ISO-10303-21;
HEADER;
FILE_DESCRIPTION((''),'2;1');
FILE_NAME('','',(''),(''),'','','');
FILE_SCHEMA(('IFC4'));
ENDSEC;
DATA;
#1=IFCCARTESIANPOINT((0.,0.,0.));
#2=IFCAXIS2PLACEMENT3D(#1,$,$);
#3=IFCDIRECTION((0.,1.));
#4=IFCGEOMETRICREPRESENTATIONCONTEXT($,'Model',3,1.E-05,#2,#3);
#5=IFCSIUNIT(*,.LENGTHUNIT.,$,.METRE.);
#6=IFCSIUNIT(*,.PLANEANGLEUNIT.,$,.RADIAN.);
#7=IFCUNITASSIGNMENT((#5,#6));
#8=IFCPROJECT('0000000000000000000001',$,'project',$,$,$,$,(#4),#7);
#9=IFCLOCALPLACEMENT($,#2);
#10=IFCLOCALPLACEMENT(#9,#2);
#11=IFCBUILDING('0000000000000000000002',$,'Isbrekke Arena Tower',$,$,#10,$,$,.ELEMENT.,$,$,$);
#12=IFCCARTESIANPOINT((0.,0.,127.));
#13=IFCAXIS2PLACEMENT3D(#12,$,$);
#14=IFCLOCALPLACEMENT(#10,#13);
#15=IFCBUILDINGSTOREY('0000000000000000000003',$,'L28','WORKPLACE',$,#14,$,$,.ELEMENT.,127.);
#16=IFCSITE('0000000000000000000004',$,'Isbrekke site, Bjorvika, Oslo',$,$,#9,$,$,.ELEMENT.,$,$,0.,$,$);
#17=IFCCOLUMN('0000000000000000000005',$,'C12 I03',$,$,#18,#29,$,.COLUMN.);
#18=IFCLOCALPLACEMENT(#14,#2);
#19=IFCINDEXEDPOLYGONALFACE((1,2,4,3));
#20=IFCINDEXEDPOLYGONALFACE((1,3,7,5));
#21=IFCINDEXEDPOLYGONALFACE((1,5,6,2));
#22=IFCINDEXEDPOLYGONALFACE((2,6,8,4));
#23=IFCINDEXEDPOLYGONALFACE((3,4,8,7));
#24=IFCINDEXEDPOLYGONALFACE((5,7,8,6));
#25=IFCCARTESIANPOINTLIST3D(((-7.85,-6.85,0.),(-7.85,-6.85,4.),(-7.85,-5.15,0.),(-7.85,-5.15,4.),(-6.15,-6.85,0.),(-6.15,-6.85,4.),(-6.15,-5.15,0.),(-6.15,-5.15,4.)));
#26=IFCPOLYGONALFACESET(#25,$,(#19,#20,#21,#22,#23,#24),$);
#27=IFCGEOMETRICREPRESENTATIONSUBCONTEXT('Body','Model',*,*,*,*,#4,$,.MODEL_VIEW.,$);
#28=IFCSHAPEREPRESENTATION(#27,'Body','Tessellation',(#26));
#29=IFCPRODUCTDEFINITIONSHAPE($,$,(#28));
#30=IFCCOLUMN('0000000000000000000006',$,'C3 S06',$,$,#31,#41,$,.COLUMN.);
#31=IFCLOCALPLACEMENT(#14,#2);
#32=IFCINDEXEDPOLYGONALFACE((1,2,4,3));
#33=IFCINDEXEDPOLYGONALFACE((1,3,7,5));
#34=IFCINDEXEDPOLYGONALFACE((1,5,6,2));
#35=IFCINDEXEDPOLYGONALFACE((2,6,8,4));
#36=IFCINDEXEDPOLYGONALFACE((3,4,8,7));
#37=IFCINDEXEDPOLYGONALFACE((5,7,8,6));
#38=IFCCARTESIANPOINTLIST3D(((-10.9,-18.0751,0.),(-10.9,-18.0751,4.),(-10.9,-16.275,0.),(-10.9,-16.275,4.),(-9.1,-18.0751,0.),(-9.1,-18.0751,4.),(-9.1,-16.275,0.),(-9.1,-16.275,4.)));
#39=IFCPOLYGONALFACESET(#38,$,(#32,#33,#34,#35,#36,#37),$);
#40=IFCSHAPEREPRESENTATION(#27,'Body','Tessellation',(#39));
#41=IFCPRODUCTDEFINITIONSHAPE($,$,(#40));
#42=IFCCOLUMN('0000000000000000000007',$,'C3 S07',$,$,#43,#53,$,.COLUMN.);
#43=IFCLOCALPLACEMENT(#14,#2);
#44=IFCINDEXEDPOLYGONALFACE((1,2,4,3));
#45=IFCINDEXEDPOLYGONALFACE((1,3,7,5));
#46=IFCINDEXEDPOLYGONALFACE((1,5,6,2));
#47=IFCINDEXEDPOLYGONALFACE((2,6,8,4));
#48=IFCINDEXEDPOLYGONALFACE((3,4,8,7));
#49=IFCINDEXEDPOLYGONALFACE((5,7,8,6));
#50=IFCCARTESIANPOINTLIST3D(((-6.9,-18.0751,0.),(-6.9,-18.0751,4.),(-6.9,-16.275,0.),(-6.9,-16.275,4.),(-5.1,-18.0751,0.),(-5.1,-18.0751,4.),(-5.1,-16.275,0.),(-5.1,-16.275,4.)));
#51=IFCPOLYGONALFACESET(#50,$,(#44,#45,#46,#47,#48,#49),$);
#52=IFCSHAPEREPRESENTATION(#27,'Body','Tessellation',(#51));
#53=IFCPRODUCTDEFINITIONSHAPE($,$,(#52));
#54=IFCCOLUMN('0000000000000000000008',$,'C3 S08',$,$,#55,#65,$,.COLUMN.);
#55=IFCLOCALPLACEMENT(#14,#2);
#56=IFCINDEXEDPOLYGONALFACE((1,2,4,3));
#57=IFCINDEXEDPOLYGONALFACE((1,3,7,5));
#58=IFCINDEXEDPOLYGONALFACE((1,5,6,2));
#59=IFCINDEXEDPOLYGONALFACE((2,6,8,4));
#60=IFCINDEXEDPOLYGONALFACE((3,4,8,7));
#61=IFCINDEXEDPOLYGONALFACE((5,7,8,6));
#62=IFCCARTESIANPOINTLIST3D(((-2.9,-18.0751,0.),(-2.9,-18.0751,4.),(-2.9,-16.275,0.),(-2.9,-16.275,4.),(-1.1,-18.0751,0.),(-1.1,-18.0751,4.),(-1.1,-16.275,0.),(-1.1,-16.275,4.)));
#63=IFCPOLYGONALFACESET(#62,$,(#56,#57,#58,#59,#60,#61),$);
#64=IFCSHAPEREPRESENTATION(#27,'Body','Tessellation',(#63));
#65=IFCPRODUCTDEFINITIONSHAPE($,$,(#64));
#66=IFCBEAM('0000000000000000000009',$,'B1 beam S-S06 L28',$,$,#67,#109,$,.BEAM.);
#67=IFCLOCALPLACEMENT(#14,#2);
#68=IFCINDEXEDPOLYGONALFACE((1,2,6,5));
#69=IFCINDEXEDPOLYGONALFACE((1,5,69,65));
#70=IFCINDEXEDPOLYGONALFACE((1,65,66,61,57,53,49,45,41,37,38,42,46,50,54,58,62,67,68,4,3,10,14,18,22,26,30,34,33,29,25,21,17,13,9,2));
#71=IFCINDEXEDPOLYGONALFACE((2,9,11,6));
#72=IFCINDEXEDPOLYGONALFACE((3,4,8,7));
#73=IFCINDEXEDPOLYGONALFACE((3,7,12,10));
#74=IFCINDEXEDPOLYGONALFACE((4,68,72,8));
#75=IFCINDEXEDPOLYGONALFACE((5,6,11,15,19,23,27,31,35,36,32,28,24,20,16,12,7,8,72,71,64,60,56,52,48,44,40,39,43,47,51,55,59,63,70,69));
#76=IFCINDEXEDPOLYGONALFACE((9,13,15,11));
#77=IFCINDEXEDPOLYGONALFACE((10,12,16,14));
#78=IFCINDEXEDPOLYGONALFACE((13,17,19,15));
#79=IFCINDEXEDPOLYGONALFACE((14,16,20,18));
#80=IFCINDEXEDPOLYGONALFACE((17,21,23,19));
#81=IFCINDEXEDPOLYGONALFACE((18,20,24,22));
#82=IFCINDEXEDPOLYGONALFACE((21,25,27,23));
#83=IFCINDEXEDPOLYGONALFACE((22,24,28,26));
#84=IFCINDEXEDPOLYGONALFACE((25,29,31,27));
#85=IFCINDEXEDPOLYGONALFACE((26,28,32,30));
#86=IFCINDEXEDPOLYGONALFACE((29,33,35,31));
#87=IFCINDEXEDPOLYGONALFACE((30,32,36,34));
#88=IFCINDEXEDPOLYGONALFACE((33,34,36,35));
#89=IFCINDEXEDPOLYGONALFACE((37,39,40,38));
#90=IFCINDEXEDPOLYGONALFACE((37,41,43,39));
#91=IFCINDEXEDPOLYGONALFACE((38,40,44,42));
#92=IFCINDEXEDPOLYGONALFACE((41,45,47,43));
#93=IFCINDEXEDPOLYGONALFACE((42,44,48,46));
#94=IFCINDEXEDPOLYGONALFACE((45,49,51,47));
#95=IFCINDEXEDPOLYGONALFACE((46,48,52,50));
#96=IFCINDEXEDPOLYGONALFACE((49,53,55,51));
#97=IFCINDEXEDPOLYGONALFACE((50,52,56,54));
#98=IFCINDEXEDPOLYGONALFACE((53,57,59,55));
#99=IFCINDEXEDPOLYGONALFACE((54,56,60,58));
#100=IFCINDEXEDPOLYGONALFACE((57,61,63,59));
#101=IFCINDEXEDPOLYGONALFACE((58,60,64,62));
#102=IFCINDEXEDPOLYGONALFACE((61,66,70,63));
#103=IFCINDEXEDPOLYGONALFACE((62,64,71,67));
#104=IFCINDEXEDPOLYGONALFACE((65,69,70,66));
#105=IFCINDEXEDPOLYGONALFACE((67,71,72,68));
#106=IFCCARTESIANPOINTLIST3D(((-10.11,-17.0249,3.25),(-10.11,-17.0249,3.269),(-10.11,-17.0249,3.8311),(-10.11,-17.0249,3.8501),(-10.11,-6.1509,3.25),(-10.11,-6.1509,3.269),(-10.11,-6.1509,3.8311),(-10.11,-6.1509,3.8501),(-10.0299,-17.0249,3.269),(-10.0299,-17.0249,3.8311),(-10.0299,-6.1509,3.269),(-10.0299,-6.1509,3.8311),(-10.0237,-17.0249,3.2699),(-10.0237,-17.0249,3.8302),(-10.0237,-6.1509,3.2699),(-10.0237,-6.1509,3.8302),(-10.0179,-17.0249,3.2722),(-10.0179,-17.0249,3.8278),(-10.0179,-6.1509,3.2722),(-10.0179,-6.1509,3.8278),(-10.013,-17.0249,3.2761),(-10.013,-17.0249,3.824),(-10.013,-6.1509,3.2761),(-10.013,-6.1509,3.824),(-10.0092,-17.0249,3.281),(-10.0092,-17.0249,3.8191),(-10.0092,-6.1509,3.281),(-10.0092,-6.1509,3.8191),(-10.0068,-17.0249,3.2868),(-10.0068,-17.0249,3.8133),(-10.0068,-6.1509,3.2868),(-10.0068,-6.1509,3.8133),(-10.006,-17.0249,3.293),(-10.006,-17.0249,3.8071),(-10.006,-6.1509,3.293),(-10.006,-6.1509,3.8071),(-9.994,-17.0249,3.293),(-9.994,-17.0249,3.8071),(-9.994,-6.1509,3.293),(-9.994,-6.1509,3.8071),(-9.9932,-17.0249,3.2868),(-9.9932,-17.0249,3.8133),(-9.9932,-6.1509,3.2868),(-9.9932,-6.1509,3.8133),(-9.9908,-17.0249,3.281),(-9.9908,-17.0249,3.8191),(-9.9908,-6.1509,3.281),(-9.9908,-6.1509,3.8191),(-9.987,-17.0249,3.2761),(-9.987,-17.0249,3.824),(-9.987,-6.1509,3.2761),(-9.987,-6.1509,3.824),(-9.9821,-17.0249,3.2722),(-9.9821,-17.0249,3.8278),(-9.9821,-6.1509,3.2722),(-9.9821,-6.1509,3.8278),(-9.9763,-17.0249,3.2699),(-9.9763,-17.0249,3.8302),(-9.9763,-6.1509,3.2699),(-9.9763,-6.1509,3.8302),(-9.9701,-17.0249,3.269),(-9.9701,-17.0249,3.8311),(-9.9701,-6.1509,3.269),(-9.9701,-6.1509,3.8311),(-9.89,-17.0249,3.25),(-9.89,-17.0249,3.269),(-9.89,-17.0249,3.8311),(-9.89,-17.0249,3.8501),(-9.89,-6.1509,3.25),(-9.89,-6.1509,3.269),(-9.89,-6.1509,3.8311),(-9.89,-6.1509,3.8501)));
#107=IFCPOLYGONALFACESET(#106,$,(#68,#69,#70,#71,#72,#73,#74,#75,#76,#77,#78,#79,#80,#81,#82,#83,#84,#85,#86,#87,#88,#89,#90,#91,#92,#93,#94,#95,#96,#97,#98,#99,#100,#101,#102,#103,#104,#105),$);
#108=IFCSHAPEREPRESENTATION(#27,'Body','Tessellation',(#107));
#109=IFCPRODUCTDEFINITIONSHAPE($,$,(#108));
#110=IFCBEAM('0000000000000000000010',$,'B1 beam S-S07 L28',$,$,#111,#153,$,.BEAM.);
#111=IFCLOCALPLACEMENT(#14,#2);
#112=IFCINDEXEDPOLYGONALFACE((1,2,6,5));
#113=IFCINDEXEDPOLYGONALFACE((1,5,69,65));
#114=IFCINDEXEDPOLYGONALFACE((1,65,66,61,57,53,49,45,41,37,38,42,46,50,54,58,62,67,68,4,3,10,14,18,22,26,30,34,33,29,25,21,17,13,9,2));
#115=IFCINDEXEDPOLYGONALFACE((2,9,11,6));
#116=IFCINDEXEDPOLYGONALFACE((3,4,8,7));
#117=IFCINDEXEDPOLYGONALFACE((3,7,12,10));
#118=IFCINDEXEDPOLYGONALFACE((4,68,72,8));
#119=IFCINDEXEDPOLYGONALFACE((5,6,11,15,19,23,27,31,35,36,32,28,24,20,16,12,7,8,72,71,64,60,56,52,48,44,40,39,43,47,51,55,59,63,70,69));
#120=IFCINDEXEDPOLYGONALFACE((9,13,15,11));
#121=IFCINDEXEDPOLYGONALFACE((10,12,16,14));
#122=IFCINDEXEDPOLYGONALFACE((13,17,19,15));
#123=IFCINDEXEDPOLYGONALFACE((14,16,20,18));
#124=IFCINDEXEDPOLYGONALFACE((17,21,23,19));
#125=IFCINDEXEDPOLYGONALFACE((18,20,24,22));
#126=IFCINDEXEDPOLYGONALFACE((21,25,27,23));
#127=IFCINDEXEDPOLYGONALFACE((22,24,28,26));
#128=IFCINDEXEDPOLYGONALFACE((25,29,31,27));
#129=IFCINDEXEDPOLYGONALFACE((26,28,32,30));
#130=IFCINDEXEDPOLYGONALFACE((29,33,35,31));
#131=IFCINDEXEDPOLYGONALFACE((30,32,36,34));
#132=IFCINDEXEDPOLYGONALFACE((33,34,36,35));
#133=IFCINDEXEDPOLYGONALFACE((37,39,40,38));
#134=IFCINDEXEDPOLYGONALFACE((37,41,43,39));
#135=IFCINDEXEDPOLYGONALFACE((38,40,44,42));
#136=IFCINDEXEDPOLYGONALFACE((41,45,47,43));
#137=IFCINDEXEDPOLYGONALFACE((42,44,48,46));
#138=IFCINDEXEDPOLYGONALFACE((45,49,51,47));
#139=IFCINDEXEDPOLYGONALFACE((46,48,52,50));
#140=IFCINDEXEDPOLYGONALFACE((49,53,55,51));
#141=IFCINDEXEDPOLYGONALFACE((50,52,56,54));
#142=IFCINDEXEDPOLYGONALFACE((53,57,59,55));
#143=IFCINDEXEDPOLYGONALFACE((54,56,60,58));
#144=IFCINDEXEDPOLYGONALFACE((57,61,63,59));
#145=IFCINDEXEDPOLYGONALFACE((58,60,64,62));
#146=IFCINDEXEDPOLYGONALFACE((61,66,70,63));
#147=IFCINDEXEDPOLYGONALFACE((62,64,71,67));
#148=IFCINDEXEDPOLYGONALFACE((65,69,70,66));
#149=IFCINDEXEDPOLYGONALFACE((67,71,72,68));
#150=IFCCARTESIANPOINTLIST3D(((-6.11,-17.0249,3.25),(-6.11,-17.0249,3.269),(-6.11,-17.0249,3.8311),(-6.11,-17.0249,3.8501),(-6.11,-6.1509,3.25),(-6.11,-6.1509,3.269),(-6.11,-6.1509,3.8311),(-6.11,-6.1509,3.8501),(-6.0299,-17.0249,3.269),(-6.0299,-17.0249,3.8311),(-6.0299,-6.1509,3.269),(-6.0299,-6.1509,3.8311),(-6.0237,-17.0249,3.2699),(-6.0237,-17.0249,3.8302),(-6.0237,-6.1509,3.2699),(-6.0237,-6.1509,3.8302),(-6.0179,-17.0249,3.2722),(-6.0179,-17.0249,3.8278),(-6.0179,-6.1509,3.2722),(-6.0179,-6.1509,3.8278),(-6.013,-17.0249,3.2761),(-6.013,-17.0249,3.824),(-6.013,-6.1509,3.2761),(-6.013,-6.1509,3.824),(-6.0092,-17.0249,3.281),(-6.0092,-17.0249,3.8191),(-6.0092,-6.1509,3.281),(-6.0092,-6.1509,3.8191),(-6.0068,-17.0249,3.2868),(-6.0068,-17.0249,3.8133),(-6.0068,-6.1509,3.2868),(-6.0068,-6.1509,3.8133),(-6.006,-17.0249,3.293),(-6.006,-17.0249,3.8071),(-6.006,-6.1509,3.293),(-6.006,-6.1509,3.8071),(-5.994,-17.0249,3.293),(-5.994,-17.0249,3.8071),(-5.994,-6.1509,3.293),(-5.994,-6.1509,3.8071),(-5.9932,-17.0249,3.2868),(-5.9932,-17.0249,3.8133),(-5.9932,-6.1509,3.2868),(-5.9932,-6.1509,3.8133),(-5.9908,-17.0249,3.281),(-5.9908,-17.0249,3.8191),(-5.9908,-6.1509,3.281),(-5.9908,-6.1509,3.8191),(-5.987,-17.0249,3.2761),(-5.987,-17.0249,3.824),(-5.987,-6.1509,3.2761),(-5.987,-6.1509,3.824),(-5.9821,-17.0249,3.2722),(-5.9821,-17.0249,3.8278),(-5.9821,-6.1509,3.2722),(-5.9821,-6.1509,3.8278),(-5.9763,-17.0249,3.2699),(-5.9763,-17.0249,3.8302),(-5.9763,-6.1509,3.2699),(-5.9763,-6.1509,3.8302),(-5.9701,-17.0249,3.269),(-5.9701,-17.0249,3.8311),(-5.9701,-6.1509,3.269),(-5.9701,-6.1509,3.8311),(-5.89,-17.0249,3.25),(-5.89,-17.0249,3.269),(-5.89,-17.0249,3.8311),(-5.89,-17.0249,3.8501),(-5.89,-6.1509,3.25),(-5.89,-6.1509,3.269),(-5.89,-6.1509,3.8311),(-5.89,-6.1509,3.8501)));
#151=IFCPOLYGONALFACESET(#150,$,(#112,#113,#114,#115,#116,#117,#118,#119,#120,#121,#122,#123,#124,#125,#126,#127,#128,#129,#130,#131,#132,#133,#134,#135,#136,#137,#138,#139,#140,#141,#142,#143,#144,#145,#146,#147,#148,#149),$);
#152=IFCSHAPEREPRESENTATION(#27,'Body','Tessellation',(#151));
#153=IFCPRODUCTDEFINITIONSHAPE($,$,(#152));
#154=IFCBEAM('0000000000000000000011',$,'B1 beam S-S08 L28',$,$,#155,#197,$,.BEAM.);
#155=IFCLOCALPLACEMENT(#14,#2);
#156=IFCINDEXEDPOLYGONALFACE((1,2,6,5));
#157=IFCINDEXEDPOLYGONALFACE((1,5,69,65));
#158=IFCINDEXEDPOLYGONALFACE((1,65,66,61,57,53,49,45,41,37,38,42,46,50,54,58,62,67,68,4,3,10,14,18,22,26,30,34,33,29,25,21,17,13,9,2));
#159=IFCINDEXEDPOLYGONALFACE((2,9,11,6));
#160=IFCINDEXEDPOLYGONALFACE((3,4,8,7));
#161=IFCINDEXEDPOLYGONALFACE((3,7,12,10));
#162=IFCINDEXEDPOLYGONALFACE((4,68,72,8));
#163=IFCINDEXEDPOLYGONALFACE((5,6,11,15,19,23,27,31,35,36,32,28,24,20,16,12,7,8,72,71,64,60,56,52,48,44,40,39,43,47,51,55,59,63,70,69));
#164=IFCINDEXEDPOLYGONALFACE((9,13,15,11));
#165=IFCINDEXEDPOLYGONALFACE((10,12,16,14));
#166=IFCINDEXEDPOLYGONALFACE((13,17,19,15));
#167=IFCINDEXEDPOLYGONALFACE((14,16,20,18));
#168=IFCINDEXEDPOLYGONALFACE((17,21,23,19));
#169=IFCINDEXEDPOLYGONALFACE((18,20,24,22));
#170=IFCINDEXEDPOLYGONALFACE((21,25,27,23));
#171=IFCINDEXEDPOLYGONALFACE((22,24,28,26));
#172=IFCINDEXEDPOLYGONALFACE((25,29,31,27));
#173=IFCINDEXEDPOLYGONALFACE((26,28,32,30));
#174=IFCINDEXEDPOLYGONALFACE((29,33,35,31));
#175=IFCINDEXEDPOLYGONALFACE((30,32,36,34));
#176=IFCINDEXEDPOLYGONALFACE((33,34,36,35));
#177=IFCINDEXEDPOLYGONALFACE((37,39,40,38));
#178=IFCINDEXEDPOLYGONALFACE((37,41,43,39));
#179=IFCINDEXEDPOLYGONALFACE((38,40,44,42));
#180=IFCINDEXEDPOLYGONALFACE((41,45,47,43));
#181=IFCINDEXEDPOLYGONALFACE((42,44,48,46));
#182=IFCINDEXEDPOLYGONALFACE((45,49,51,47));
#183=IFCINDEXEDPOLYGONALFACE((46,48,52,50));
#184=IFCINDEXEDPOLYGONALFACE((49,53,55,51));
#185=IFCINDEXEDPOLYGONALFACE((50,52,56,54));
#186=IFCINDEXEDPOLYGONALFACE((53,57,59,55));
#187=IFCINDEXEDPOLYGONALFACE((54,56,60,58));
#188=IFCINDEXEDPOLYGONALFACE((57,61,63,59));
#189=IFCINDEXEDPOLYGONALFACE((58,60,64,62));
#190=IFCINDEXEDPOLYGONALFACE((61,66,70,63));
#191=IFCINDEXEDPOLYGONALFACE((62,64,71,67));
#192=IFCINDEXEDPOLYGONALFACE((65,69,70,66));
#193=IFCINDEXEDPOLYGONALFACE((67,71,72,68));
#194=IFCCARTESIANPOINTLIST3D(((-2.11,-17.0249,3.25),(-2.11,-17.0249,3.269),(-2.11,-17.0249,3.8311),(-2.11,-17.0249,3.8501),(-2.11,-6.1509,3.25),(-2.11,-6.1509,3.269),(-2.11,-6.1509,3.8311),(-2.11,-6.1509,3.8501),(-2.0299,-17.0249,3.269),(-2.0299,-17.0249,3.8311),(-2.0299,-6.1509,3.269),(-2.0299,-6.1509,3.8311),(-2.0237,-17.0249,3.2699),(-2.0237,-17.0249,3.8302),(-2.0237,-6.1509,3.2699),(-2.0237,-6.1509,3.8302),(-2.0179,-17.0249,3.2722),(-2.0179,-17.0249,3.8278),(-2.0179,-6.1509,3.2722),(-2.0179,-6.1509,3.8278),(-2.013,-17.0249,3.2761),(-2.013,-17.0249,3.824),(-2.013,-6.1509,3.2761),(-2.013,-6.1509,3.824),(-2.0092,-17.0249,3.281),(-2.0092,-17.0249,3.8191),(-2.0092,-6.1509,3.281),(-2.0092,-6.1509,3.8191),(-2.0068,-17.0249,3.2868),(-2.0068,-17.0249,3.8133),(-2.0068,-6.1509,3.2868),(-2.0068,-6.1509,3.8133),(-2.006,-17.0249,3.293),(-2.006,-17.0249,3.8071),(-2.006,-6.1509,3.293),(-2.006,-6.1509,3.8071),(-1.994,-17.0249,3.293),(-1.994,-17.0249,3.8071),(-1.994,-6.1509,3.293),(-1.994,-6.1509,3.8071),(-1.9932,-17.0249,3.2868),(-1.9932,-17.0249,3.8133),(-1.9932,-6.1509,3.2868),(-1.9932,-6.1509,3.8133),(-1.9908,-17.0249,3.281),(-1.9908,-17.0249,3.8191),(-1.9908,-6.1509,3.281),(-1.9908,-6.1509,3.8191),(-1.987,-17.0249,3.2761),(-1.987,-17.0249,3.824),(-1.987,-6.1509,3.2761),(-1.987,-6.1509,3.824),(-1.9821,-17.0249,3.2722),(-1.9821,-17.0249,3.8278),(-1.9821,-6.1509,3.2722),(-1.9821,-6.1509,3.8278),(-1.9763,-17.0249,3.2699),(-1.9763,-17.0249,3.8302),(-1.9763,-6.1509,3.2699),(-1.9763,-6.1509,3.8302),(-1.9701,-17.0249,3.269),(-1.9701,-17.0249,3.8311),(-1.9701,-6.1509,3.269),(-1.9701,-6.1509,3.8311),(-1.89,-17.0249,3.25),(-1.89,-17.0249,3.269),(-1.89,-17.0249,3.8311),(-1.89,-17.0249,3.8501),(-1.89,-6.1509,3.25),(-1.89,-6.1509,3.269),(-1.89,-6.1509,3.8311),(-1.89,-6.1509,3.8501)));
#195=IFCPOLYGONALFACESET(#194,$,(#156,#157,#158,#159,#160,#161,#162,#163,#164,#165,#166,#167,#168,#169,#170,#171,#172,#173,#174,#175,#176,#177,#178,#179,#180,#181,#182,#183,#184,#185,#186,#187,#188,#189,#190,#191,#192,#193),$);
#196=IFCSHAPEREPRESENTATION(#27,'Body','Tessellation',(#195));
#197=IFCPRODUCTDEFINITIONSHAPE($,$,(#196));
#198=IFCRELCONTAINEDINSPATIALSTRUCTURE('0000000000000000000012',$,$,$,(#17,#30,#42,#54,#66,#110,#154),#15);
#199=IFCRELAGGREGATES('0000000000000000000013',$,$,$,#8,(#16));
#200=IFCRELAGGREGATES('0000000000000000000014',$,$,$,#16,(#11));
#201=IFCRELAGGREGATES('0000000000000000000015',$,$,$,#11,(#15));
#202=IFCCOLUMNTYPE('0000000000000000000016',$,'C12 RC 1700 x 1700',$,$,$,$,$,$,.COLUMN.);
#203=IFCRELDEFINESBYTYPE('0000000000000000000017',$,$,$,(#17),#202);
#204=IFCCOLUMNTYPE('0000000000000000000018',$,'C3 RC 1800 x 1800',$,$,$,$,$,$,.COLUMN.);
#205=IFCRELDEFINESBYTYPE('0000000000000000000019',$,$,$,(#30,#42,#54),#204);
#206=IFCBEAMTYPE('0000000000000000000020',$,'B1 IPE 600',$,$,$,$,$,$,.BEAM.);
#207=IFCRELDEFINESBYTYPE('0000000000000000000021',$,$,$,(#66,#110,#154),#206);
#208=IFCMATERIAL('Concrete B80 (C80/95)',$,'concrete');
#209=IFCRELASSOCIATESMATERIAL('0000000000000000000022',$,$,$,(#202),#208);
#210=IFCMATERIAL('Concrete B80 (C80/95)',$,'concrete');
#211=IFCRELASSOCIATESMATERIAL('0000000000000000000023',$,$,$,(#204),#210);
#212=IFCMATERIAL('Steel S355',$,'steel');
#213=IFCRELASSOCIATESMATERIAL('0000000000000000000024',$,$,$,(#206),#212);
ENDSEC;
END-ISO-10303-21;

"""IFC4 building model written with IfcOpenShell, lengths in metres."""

from ifc_helpers import new_model, si_unit, direction, frame, origin, origin_2d, place, context, subcontext, project, spatial, rectangle, i_section, extrude, material, material_profile, profile_set, type_object, element, save


model = new_model("IFC4")

# Units and contexts
model_context = context("Model", 3, precision=1e-05, world=origin(), true_north=direction((0.0, 1.0)))
body_context = subcontext(model_context, "Body", "Model", "MODEL_VIEW")
ifc_project = project(units=[si_unit("LENGTHUNIT", "METRE"), si_unit("PLANEANGLEUNIT", "RADIAN")], contexts=[model_context])

# Site, building, storey
site_placement = place(None, origin())
site = spatial("IfcSite", under=ifc_project, at=site_placement, Name="Isbrekke site, Bjorvika, Oslo", CompositionType="ELEMENT", RefElevation=0.0)
building_placement = place(site_placement, origin())
building = spatial("IfcBuilding", under=site, at=building_placement, Name="Isbrekke Arena Tower", CompositionType="ELEMENT")
storey_placement = place(building_placement, frame((0.0, 0.0, 127.0)))
storey = spatial("IfcBuildingStorey", under=building, at=storey_placement, Name="L28", Description="WORKPLACE", CompositionType="ELEMENT", Elevation=127.0)

# Columns
ifc_material_1 = material(Name="Concrete B80 (C80/95)", Category="concrete")
ifc_material_profile_1 = material_profile(ifc_material_1, rectangle(XDim=1.7, YDim=1.7, at=origin_2d()), Name="RC 1700x1700")
ifc_profile_set_1 = profile_set([ifc_material_profile_1], Name="Concrete B80 (C80/95)")
column_type_1 = type_object("IfcColumnType", Name="C12 RC 1700 x 1700", PredefinedType="COLUMN", material=ifc_profile_set_1)
column_placement = place(storey_placement, frame((-7.0, -6.0, 0.0), z_axis=(0.0, 0.0, 1.0), x_axis=(1.0, 0.0, 0.0)))
element("IfcColumn", 1, at=column_placement, inside=storey, type_object=column_type_1, Name="C12 I03", PredefinedType="COLUMN", context=body_context, shape_type="SweptSolid", body=[
    extrude(rectangle(XDim=1.7, YDim=1.7, at=origin_2d()), origin(), (0.0, 0.0, 1.0), 4.0),
])
ifc_material_2 = material(Name="Concrete B80 (C80/95)", Category="concrete")
ifc_material_profile_2 = material_profile(ifc_material_2, rectangle(XDim=1.8, YDim=1.8, at=origin_2d()), Name="RC 1800x1800")
ifc_profile_set_2 = profile_set([ifc_material_profile_2], Name="Concrete B80 (C80/95)")
column_type_2 = type_object("IfcColumnType", Name="C3 RC 1800 x 1800", PredefinedType="COLUMN", material=ifc_profile_set_2)
for number, where, z_axis, x_axis, name in (
    (2, (-10.0, -17.175, 0.0), (0.0, 0.0, 1.0), (1.0, 0.0, 0.0), "C3 S06"),
    (3, (-6.0, -17.175, 0.0), (0.0, 0.0, 1.0), (1.0, 0.0, 0.0), "C3 S07"),
    (4, (-2.0, -17.175, 0.0), (0.0, 0.0, 1.0), (1.0, 0.0, 0.0), "C3 S08"),
):
    element("IfcColumn", number, at=place(storey_placement, frame(where, z_axis=z_axis, x_axis=x_axis)), inside=storey, type_object=column_type_2, Name=name, PredefinedType="COLUMN", context=body_context, shape_type="SweptSolid", body=[
        extrude(rectangle(XDim=1.8, YDim=1.8, at=origin_2d()), origin(), (0.0, 0.0, 1.0), 4.0),
    ])

# Beams
ifc_material_3 = material(Name="Steel S355", Category="steel")
ifc_material_profile_3 = material_profile(ifc_material_3, i_section(OverallWidth=0.22, OverallDepth=0.6001, WebThickness=0.012, FlangeThickness=0.019, FilletRadius=0.0239, at=origin_2d()), Name="IPE 600")
ifc_profile_set_3 = profile_set([ifc_material_profile_3], Name="Steel S355")
beam_type_1 = type_object("IfcBeamType", Name="B1 IPE 600", PredefinedType="BEAM", material=ifc_profile_set_3)
for number, where, z_axis, x_axis, name in (
    (5, (-10.0, -17.0249, 3.55), (0.0, 1.0, 0.0), (-1.0, 0.0, 0.0), "B1 beam S-S06 L28"),
    (6, (-6.0, -17.0249, 3.55), (0.0, 1.0, 0.0), (-1.0, 0.0, 0.0), "B1 beam S-S07 L28"),
    (7, (-2.0, -17.0249, 3.55), (0.0, 1.0, 0.0), (-1.0, 0.0, 0.0), "B1 beam S-S08 L28"),
):
    element("IfcBeam", number, at=place(storey_placement, frame(where, z_axis=z_axis, x_axis=x_axis)), inside=storey, type_object=beam_type_1, Name=name, PredefinedType="BEAM", context=body_context, shape_type="SweptSolid", body=[
        extrude(i_section(OverallWidth=0.22, OverallDepth=0.6001, WebThickness=0.012, FlangeThickness=0.019, FilletRadius=0.0239, at=origin_2d()), origin(), (0.0, 0.0, 1.0), 10.874),
    ])

save(model, "model.ifc")
